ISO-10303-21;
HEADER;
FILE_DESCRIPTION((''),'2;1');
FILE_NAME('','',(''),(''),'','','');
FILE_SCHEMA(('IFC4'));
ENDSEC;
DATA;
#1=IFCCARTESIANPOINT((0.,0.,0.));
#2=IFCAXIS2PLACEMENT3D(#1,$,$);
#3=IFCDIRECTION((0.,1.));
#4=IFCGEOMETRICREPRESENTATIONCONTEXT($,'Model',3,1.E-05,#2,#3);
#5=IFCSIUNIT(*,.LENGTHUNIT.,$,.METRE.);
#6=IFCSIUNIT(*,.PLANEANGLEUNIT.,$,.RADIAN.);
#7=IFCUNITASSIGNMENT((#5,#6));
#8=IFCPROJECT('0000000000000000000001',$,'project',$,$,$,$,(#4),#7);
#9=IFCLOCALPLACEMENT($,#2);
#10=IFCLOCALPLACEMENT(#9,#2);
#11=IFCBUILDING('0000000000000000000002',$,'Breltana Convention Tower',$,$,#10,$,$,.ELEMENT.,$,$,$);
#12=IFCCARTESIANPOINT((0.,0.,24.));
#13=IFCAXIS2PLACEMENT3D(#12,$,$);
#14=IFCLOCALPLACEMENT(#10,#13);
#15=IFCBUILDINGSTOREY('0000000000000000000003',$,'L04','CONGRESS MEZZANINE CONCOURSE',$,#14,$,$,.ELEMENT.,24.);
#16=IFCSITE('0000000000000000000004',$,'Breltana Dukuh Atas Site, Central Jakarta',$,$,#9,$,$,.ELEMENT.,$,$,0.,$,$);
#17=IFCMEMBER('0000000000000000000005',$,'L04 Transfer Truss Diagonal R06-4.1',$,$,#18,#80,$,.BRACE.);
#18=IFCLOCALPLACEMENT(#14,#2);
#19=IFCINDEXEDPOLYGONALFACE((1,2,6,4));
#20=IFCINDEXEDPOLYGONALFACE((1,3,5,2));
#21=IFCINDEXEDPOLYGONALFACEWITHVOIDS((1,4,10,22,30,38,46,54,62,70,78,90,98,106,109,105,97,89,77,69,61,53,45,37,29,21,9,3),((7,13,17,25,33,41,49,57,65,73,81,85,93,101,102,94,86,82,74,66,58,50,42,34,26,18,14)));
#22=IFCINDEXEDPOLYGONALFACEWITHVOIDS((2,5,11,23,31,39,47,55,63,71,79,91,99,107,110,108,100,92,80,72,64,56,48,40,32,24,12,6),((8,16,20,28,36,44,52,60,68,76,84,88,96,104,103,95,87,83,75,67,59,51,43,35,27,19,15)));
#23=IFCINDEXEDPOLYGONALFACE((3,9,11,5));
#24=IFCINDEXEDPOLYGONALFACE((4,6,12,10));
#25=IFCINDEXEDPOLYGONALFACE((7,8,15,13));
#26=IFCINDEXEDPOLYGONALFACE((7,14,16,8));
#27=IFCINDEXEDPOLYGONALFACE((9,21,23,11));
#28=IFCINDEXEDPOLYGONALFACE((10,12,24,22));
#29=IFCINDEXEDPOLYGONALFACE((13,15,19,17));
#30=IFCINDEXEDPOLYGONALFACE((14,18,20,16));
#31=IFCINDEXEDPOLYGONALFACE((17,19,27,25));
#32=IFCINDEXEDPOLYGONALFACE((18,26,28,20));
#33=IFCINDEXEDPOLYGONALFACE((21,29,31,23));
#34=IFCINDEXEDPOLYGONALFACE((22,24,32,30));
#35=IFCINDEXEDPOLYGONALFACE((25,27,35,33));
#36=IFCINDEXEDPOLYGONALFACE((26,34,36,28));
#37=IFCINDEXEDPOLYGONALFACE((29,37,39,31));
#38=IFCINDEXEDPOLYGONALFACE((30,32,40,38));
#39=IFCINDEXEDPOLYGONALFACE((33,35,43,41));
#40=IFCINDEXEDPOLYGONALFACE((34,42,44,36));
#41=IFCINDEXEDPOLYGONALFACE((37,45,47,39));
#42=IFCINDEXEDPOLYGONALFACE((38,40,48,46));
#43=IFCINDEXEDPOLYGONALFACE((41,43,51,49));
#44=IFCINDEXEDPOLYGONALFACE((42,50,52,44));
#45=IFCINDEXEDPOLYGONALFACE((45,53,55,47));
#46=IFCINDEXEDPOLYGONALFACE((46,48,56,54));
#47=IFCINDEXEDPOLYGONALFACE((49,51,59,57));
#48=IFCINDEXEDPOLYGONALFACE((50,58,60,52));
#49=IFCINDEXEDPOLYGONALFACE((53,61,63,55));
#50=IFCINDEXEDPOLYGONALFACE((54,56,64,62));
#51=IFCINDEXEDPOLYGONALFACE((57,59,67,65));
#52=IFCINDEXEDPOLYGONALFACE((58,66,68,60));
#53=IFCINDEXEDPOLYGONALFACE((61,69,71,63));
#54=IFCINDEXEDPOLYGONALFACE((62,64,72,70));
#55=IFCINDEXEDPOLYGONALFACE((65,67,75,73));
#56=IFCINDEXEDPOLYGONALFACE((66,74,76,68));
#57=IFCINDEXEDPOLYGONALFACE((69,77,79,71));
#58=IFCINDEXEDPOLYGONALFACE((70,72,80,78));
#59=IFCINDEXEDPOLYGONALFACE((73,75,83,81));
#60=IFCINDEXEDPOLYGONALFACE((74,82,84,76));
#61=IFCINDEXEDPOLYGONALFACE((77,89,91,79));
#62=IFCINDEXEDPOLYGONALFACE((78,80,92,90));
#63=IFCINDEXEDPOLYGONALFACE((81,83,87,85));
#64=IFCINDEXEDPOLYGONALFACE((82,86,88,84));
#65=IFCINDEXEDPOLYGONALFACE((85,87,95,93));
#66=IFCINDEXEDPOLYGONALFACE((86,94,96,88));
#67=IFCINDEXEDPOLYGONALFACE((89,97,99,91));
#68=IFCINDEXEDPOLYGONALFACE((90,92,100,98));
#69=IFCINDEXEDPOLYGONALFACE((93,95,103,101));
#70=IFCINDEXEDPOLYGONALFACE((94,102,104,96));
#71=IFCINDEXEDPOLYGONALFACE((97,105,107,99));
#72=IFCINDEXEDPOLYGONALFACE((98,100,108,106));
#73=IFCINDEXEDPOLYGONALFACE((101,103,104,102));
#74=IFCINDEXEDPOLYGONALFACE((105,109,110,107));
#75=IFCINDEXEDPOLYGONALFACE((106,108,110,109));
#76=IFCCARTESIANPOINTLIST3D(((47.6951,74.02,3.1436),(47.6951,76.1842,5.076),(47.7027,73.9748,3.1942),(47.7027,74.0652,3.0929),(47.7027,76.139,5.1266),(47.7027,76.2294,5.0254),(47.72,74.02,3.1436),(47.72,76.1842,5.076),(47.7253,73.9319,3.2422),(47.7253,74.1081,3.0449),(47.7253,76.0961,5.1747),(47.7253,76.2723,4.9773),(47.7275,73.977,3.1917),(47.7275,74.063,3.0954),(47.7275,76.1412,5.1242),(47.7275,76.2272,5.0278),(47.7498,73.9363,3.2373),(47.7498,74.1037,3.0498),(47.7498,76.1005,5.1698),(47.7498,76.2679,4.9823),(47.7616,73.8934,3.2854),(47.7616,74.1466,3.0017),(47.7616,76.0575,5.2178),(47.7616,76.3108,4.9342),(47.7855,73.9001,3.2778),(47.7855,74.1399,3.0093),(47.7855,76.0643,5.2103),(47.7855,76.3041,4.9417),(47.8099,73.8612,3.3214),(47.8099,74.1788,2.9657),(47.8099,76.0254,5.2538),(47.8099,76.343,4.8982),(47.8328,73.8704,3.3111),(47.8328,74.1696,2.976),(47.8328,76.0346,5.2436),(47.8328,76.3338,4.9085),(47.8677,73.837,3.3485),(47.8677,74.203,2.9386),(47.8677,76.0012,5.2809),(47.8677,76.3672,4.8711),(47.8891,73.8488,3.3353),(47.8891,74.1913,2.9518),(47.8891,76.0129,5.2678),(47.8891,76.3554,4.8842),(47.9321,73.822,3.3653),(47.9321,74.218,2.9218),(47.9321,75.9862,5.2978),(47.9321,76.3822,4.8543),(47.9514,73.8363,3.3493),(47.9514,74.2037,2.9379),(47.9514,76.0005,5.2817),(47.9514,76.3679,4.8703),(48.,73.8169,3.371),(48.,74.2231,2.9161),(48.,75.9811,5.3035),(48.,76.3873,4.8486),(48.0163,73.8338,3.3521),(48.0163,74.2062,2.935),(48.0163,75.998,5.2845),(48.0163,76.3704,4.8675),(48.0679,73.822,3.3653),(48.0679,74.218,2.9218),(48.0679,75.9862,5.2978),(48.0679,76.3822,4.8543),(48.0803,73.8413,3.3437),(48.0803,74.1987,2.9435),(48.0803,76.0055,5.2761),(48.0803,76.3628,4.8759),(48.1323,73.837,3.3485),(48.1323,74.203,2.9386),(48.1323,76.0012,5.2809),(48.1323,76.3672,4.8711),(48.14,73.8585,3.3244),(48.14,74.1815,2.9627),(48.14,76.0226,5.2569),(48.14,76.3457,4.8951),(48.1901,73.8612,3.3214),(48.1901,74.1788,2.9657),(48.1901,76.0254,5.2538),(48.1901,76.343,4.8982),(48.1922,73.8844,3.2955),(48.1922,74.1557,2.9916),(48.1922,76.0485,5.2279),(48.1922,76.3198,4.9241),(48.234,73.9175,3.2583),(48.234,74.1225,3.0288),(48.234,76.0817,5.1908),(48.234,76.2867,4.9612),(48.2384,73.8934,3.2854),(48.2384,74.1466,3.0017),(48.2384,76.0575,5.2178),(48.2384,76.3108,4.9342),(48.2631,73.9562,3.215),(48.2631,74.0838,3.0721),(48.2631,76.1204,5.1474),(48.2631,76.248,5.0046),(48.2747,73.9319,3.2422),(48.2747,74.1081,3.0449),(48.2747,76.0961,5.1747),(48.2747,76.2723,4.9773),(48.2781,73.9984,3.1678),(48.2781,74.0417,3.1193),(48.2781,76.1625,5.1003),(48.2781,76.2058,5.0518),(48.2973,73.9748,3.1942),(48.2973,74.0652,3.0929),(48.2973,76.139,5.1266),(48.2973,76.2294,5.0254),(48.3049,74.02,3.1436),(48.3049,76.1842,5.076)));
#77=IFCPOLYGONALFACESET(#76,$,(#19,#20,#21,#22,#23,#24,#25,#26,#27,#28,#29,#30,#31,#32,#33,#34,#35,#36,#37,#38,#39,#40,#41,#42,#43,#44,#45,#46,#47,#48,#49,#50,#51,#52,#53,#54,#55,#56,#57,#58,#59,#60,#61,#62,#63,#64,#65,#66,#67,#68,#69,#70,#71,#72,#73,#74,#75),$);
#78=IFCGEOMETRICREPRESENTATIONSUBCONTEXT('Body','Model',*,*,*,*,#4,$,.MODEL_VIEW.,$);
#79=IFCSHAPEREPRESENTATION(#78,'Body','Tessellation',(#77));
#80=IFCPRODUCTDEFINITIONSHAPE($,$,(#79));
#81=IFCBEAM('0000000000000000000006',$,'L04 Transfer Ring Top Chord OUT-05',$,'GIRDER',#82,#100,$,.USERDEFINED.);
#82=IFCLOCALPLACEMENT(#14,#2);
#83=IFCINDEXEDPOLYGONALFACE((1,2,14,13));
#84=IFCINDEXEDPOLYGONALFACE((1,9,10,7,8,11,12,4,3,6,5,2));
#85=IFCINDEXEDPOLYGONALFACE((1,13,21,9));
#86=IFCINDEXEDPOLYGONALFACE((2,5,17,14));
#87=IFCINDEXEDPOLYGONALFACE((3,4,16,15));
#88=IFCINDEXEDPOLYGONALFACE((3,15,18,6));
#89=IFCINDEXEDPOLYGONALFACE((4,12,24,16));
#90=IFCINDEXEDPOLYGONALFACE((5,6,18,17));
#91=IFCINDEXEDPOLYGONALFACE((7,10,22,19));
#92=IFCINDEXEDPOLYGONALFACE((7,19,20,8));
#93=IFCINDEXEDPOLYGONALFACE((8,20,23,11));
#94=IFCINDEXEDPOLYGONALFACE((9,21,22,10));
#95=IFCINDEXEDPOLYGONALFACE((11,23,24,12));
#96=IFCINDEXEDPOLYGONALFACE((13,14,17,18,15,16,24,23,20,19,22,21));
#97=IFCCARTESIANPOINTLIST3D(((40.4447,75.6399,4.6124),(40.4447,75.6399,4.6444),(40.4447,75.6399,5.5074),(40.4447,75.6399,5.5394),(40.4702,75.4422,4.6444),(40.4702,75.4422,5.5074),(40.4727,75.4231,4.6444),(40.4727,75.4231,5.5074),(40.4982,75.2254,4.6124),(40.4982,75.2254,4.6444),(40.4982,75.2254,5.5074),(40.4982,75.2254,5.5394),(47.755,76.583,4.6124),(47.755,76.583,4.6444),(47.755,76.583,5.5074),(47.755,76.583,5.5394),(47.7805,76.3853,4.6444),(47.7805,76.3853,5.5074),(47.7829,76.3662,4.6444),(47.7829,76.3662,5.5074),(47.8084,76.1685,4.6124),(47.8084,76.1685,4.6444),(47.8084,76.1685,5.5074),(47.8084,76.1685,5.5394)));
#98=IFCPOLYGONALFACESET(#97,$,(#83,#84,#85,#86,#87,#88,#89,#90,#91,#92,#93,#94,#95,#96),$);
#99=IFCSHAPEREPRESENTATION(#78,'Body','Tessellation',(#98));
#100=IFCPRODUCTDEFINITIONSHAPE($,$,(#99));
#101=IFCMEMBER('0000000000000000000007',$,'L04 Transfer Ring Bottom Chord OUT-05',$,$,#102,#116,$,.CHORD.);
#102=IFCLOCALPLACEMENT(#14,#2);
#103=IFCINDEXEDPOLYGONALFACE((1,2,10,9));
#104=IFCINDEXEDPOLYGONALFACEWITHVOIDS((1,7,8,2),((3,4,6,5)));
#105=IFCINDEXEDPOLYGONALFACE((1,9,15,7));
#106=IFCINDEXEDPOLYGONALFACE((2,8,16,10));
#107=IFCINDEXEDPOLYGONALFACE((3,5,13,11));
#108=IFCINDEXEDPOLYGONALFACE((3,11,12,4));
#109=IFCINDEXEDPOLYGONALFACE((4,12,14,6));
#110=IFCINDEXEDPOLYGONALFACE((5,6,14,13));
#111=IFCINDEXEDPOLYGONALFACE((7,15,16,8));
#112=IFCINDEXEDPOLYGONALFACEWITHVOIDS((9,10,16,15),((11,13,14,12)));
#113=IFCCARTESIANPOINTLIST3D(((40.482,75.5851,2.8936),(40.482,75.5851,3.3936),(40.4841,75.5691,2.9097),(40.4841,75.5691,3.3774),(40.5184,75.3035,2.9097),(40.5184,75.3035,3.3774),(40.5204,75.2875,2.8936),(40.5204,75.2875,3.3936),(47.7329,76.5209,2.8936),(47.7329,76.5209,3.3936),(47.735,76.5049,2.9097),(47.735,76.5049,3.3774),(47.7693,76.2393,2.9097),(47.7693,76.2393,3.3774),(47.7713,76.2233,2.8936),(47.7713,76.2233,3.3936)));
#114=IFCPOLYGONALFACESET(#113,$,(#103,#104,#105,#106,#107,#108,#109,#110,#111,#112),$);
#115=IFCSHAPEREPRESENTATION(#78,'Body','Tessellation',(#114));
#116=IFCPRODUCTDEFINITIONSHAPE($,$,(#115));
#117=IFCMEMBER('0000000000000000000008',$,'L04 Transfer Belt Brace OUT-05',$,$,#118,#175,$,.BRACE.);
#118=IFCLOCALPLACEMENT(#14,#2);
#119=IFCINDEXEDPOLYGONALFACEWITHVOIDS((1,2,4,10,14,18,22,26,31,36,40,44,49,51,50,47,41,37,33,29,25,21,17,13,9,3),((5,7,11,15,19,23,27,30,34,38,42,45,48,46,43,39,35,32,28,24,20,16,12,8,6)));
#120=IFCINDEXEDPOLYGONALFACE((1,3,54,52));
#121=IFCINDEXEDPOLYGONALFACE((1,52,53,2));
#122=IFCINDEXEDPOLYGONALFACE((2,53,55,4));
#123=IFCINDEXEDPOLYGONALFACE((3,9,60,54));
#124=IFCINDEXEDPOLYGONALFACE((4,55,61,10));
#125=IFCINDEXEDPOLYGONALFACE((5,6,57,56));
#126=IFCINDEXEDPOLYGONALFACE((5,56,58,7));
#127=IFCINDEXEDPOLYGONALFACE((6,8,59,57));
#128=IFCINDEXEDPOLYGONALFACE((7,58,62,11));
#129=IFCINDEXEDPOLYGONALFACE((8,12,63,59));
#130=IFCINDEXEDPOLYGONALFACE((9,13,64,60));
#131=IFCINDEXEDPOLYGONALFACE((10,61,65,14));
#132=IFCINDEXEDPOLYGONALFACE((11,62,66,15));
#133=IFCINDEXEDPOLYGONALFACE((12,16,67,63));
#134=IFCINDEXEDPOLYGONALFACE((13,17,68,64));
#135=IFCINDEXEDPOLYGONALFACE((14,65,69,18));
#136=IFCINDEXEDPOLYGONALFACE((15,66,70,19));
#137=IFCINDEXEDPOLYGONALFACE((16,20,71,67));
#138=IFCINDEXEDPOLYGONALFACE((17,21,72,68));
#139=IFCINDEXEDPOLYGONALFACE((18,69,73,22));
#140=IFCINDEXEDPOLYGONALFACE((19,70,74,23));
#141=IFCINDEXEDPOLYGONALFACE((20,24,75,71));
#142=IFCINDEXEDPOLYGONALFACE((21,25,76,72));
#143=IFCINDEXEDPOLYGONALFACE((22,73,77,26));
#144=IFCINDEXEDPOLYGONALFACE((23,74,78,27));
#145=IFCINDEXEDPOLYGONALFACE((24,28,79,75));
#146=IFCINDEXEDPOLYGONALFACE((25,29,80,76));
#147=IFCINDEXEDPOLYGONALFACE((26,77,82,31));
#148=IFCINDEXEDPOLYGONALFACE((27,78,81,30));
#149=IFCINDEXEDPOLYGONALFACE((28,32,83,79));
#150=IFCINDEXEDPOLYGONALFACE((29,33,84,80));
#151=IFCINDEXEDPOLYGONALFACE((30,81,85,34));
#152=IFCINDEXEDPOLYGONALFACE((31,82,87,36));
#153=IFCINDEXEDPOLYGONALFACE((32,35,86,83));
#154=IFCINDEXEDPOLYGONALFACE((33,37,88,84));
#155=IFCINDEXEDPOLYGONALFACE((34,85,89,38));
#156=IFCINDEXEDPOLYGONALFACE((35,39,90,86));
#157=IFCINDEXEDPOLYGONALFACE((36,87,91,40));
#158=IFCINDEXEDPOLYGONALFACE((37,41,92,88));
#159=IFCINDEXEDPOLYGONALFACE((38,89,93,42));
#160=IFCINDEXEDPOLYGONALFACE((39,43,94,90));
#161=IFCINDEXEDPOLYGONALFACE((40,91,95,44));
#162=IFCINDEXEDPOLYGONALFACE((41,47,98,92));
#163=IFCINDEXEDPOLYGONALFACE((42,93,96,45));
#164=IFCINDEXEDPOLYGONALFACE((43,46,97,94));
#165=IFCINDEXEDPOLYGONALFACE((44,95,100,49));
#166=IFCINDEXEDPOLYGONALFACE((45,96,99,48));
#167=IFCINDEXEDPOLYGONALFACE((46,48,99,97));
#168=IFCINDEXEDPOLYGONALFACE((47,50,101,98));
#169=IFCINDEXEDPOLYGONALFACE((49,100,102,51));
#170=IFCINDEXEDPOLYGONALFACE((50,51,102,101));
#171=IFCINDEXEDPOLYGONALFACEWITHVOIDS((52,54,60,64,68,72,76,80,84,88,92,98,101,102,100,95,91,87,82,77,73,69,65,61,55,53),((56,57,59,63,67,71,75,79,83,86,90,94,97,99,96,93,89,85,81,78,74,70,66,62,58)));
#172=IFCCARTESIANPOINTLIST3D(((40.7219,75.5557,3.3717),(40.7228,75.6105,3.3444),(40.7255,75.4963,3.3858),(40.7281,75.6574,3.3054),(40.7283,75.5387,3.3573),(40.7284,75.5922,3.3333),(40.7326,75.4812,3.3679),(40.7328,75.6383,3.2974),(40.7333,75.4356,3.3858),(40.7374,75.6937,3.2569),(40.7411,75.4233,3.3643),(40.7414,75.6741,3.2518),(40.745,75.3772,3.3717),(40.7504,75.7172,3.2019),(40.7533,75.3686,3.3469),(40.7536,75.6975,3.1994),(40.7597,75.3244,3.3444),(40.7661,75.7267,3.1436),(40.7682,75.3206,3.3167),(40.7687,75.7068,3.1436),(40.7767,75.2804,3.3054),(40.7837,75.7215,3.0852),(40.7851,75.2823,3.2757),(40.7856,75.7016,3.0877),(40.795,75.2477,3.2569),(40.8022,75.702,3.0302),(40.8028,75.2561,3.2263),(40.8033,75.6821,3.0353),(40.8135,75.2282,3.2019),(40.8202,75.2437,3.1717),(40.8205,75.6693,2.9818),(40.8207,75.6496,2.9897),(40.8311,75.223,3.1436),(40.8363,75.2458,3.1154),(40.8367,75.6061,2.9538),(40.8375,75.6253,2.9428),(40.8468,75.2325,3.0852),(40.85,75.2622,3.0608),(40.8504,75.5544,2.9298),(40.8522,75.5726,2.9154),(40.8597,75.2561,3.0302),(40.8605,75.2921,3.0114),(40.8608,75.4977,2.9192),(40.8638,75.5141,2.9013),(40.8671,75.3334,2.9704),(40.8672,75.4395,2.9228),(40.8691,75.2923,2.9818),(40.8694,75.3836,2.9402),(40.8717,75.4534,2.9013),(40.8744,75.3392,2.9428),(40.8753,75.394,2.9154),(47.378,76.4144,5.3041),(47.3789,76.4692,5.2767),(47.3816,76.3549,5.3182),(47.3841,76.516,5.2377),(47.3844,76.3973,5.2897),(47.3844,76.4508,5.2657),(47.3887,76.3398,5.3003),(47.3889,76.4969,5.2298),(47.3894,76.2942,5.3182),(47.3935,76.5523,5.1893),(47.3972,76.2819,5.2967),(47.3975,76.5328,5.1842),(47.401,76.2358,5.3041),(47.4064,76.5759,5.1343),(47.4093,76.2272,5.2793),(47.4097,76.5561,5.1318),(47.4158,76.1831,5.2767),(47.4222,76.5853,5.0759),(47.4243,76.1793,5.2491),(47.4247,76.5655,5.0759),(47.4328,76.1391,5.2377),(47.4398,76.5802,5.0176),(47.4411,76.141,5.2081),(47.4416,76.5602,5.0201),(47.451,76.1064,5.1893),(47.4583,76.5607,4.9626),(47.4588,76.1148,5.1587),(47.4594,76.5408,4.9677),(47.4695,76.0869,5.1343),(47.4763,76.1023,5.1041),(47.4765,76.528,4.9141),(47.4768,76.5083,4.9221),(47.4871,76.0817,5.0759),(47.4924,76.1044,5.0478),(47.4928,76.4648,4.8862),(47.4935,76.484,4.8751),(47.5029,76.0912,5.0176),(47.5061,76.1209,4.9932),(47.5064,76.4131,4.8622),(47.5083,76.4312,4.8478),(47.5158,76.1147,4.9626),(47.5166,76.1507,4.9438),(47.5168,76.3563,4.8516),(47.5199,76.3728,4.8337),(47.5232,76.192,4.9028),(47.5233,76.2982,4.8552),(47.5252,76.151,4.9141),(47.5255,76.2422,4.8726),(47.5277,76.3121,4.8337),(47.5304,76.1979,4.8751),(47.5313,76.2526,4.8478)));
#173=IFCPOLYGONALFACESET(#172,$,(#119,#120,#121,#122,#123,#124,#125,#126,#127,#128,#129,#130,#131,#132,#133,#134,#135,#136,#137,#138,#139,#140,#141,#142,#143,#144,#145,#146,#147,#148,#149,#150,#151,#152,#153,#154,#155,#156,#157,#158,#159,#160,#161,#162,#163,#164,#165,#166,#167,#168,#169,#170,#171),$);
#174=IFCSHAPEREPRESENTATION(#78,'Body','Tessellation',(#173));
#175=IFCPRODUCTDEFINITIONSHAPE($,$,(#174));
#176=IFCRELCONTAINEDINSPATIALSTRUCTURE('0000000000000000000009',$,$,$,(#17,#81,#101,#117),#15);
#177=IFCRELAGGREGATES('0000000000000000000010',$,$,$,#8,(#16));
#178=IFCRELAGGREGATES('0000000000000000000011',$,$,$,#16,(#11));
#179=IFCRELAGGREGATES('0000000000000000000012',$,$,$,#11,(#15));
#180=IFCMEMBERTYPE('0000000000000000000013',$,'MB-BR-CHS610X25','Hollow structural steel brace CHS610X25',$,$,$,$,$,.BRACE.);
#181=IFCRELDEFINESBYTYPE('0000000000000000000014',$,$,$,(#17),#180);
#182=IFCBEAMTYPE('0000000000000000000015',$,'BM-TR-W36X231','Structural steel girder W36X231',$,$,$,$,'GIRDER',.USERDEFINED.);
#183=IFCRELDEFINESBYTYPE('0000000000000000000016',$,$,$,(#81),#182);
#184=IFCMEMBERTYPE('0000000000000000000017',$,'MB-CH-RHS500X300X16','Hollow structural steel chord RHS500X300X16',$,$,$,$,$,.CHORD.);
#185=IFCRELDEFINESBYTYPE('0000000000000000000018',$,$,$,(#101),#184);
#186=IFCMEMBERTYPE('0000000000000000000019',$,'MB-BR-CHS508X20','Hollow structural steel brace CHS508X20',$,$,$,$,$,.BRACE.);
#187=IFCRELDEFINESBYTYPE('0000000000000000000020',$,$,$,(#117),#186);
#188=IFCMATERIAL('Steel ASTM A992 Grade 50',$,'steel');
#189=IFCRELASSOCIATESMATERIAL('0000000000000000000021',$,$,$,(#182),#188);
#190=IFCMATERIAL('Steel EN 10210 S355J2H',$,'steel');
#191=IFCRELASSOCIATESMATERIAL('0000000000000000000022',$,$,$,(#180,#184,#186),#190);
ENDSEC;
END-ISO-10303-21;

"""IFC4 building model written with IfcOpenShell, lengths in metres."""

from ifc_helpers import new_model, si_unit, direction, frame, origin, origin_2d, place, context, subcontext, project, spatial, hollow_rectangle, hollow_circle, i_section, extrude, source, transform, mapped, material, material_profile, profile_set, type_object, element, save


model = new_model("IFC4")

# Units and contexts
model_context = context("Model", 3, precision=1e-05, world=origin(), true_north=direction((0.0, 1.0)))
body_context = subcontext(model_context, "Body", "Model", "MODEL_VIEW")
ifc_project = project(units=[si_unit("LENGTHUNIT", "METRE"), si_unit("PLANEANGLEUNIT", "RADIAN")], contexts=[model_context])

# Site, building, storey
site_placement = place(None, origin())
site = spatial("IfcSite", under=ifc_project, at=site_placement, Name="Breltana Dukuh Atas Site, Central Jakarta", CompositionType="ELEMENT", RefElevation=0.0)
building_placement = place(site_placement, origin())
building = spatial("IfcBuilding", under=site, at=building_placement, Name="Breltana Convention Tower", CompositionType="ELEMENT")
storey_placement = place(building_placement, frame((0.0, 0.0, 24.0)))
storey = spatial("IfcBuildingStorey", under=building, at=storey_placement, Name="L04", Description="CONGRESS MEZZANINE CONCOURSE", CompositionType="ELEMENT", Elevation=24.0)

# Shared definitions
ifc_material_1 = material(Name="Steel ASTM A992 Grade 50", Category="steel")

# Shared definitions
ifc_material_profile_1 = material_profile(ifc_material_1, i_section(OverallWidth=0.418, OverallDepth=0.927, WebThickness=0.0193, FlangeThickness=0.032, at=origin_2d()), Name="W36X231")
ifc_profile_set_1 = profile_set([ifc_material_profile_1], Name="Steel ASTM A992 Grade 50")
beam_type_1 = type_object("IfcBeamType", Name="BM-TR-W36X231", Description="Structural steel girder W36X231", ElementType="GIRDER", PredefinedType="USERDEFINED", material=ifc_profile_set_1)

# Member
ifc_material_2 = material(Name="Steel EN 10210 S355J2H", Category="steel")
ifc_material_profile_2 = material_profile(ifc_material_2, hollow_circle(Radius=0.3049, WallThickness=0.0249, at=origin_2d()), Name="CHS610X25")
ifc_profile_set_2 = profile_set([ifc_material_profile_2], Name="Steel EN 10210 S355J2H")
member_type_1 = type_object("IfcMemberType", Name="MB-BR-CHS610X25", Description="Hollow structural steel brace CHS610X25", PredefinedType="BRACE", material=ifc_profile_set_2)
shared_shape_1 = source(origin(), body_context, "Body", "SweptSolid", [
    extrude(hollow_circle(Radius=0.3049, WallThickness=0.0249, at=origin_2d()), origin(), (0.0, 0.0, 1.0), 2.9014),
])
member_1_placement = place(storey_placement, frame((48.0, 74.02, 3.1436), z_axis=(0.0, 0.745908, 0.666049), x_axis=(-1.0, 0.0, 0.0)))
element("IfcMember", 1, at=member_1_placement, inside=storey, type_object=member_type_1, Name="L04 Transfer Truss Diagonal R06-4.1", PredefinedType="BRACE", context=body_context, shape_type="MappedRepresentation", body=[
    mapped(shared_shape_1, transform((0.0, 0.0, 0.0), scale=1.0)),
])

# Beam
shared_shape_2 = source(origin(), body_context, "Body", "SweptSolid", [
    extrude(i_section(OverallWidth=0.418, OverallDepth=0.927, WebThickness=0.0193, FlangeThickness=0.032, at=origin_2d()), origin(), (0.0, 0.0, 1.0), 7.3708),
])
beam_1_placement = place(storey_placement, frame((40.4714, 75.4326, 5.0759), z_axis=(0.99178, 0.127951, 0.0), x_axis=(-0.127951, 0.99178, 0.0)))
element("IfcBeam", 2, at=beam_1_placement, inside=storey, type_object=beam_type_1, Name="L04 Transfer Ring Top Chord OUT-05", ObjectType="GIRDER", PredefinedType="USERDEFINED", context=body_context, shape_type="MappedRepresentation", body=[
    mapped(shared_shape_2, transform((0.0, 0.0, 0.0), scale=1.0)),
])

# Members
ifc_material_profile_3 = material_profile(ifc_material_2, hollow_rectangle(XDim=0.3, YDim=0.5, WallThickness=0.0161, at=origin_2d()), Name="RHS500X300X16")
ifc_profile_set_3 = profile_set([ifc_material_profile_3], Name="Steel EN 10210 S355J2H")
member_type_2 = type_object("IfcMemberType", Name="MB-CH-RHS500X300X16", Description="Hollow structural steel chord RHS500X300X16", PredefinedType="CHORD", material=ifc_profile_set_3)
shared_shape_3 = source(origin(), body_context, "Body", "SweptSolid", [
    extrude(hollow_rectangle(XDim=0.3, YDim=0.5, WallThickness=0.0161, at=origin_2d()), origin(), (0.0, 0.0, 1.0), 7.311),
])
member_2_placement = place(storey_placement, frame((40.5012, 75.4363, 3.1436), z_axis=(0.991775, 0.127996, 0.0), x_axis=(-0.127996, 0.991775, 0.0)))
element("IfcMember", 3, at=member_2_placement, inside=storey, type_object=member_type_2, Name="L04 Transfer Ring Bottom Chord OUT-05", PredefinedType="CHORD", context=body_context, shape_type="MappedRepresentation", body=[
    mapped(shared_shape_3, transform((0.0, 0.0, 0.0), scale=1.0)),
])
ifc_material_profile_4 = material_profile(ifc_material_2, hollow_circle(Radius=0.2539, WallThickness=0.02, at=origin_2d()), Name="CHS508X20")
ifc_profile_set_4 = profile_set([ifc_material_profile_4], Name="Steel EN 10210 S355J2H")
member_type_3 = type_object("IfcMemberType", Name="MB-BR-CHS508X20", Description="Hollow structural steel brace CHS508X20", PredefinedType="BRACE", material=ifc_profile_set_4)
shared_shape_4 = source(origin(), body_context, "Body", "SweptSolid", [
    extrude(hollow_circle(Radius=0.2539, WallThickness=0.02, at=origin_2d()), origin(), (0.0, 0.0, 1.0), 6.9839),
])
member_3_placement = place(storey_placement, frame((40.7986, 75.4749, 3.1436), z_axis=(0.953061, 0.122947, 0.276693), x_axis=(-0.127942, 0.991782, 0.0)))
element("IfcMember", 4, at=member_3_placement, inside=storey, type_object=member_type_3, Name="L04 Transfer Belt Brace OUT-05", PredefinedType="BRACE", context=body_context, shape_type="MappedRepresentation", body=[
    mapped(shared_shape_4, transform((0.0, 0.0, 0.0), scale=1.0)),
])

save(model, "model.ifc")
